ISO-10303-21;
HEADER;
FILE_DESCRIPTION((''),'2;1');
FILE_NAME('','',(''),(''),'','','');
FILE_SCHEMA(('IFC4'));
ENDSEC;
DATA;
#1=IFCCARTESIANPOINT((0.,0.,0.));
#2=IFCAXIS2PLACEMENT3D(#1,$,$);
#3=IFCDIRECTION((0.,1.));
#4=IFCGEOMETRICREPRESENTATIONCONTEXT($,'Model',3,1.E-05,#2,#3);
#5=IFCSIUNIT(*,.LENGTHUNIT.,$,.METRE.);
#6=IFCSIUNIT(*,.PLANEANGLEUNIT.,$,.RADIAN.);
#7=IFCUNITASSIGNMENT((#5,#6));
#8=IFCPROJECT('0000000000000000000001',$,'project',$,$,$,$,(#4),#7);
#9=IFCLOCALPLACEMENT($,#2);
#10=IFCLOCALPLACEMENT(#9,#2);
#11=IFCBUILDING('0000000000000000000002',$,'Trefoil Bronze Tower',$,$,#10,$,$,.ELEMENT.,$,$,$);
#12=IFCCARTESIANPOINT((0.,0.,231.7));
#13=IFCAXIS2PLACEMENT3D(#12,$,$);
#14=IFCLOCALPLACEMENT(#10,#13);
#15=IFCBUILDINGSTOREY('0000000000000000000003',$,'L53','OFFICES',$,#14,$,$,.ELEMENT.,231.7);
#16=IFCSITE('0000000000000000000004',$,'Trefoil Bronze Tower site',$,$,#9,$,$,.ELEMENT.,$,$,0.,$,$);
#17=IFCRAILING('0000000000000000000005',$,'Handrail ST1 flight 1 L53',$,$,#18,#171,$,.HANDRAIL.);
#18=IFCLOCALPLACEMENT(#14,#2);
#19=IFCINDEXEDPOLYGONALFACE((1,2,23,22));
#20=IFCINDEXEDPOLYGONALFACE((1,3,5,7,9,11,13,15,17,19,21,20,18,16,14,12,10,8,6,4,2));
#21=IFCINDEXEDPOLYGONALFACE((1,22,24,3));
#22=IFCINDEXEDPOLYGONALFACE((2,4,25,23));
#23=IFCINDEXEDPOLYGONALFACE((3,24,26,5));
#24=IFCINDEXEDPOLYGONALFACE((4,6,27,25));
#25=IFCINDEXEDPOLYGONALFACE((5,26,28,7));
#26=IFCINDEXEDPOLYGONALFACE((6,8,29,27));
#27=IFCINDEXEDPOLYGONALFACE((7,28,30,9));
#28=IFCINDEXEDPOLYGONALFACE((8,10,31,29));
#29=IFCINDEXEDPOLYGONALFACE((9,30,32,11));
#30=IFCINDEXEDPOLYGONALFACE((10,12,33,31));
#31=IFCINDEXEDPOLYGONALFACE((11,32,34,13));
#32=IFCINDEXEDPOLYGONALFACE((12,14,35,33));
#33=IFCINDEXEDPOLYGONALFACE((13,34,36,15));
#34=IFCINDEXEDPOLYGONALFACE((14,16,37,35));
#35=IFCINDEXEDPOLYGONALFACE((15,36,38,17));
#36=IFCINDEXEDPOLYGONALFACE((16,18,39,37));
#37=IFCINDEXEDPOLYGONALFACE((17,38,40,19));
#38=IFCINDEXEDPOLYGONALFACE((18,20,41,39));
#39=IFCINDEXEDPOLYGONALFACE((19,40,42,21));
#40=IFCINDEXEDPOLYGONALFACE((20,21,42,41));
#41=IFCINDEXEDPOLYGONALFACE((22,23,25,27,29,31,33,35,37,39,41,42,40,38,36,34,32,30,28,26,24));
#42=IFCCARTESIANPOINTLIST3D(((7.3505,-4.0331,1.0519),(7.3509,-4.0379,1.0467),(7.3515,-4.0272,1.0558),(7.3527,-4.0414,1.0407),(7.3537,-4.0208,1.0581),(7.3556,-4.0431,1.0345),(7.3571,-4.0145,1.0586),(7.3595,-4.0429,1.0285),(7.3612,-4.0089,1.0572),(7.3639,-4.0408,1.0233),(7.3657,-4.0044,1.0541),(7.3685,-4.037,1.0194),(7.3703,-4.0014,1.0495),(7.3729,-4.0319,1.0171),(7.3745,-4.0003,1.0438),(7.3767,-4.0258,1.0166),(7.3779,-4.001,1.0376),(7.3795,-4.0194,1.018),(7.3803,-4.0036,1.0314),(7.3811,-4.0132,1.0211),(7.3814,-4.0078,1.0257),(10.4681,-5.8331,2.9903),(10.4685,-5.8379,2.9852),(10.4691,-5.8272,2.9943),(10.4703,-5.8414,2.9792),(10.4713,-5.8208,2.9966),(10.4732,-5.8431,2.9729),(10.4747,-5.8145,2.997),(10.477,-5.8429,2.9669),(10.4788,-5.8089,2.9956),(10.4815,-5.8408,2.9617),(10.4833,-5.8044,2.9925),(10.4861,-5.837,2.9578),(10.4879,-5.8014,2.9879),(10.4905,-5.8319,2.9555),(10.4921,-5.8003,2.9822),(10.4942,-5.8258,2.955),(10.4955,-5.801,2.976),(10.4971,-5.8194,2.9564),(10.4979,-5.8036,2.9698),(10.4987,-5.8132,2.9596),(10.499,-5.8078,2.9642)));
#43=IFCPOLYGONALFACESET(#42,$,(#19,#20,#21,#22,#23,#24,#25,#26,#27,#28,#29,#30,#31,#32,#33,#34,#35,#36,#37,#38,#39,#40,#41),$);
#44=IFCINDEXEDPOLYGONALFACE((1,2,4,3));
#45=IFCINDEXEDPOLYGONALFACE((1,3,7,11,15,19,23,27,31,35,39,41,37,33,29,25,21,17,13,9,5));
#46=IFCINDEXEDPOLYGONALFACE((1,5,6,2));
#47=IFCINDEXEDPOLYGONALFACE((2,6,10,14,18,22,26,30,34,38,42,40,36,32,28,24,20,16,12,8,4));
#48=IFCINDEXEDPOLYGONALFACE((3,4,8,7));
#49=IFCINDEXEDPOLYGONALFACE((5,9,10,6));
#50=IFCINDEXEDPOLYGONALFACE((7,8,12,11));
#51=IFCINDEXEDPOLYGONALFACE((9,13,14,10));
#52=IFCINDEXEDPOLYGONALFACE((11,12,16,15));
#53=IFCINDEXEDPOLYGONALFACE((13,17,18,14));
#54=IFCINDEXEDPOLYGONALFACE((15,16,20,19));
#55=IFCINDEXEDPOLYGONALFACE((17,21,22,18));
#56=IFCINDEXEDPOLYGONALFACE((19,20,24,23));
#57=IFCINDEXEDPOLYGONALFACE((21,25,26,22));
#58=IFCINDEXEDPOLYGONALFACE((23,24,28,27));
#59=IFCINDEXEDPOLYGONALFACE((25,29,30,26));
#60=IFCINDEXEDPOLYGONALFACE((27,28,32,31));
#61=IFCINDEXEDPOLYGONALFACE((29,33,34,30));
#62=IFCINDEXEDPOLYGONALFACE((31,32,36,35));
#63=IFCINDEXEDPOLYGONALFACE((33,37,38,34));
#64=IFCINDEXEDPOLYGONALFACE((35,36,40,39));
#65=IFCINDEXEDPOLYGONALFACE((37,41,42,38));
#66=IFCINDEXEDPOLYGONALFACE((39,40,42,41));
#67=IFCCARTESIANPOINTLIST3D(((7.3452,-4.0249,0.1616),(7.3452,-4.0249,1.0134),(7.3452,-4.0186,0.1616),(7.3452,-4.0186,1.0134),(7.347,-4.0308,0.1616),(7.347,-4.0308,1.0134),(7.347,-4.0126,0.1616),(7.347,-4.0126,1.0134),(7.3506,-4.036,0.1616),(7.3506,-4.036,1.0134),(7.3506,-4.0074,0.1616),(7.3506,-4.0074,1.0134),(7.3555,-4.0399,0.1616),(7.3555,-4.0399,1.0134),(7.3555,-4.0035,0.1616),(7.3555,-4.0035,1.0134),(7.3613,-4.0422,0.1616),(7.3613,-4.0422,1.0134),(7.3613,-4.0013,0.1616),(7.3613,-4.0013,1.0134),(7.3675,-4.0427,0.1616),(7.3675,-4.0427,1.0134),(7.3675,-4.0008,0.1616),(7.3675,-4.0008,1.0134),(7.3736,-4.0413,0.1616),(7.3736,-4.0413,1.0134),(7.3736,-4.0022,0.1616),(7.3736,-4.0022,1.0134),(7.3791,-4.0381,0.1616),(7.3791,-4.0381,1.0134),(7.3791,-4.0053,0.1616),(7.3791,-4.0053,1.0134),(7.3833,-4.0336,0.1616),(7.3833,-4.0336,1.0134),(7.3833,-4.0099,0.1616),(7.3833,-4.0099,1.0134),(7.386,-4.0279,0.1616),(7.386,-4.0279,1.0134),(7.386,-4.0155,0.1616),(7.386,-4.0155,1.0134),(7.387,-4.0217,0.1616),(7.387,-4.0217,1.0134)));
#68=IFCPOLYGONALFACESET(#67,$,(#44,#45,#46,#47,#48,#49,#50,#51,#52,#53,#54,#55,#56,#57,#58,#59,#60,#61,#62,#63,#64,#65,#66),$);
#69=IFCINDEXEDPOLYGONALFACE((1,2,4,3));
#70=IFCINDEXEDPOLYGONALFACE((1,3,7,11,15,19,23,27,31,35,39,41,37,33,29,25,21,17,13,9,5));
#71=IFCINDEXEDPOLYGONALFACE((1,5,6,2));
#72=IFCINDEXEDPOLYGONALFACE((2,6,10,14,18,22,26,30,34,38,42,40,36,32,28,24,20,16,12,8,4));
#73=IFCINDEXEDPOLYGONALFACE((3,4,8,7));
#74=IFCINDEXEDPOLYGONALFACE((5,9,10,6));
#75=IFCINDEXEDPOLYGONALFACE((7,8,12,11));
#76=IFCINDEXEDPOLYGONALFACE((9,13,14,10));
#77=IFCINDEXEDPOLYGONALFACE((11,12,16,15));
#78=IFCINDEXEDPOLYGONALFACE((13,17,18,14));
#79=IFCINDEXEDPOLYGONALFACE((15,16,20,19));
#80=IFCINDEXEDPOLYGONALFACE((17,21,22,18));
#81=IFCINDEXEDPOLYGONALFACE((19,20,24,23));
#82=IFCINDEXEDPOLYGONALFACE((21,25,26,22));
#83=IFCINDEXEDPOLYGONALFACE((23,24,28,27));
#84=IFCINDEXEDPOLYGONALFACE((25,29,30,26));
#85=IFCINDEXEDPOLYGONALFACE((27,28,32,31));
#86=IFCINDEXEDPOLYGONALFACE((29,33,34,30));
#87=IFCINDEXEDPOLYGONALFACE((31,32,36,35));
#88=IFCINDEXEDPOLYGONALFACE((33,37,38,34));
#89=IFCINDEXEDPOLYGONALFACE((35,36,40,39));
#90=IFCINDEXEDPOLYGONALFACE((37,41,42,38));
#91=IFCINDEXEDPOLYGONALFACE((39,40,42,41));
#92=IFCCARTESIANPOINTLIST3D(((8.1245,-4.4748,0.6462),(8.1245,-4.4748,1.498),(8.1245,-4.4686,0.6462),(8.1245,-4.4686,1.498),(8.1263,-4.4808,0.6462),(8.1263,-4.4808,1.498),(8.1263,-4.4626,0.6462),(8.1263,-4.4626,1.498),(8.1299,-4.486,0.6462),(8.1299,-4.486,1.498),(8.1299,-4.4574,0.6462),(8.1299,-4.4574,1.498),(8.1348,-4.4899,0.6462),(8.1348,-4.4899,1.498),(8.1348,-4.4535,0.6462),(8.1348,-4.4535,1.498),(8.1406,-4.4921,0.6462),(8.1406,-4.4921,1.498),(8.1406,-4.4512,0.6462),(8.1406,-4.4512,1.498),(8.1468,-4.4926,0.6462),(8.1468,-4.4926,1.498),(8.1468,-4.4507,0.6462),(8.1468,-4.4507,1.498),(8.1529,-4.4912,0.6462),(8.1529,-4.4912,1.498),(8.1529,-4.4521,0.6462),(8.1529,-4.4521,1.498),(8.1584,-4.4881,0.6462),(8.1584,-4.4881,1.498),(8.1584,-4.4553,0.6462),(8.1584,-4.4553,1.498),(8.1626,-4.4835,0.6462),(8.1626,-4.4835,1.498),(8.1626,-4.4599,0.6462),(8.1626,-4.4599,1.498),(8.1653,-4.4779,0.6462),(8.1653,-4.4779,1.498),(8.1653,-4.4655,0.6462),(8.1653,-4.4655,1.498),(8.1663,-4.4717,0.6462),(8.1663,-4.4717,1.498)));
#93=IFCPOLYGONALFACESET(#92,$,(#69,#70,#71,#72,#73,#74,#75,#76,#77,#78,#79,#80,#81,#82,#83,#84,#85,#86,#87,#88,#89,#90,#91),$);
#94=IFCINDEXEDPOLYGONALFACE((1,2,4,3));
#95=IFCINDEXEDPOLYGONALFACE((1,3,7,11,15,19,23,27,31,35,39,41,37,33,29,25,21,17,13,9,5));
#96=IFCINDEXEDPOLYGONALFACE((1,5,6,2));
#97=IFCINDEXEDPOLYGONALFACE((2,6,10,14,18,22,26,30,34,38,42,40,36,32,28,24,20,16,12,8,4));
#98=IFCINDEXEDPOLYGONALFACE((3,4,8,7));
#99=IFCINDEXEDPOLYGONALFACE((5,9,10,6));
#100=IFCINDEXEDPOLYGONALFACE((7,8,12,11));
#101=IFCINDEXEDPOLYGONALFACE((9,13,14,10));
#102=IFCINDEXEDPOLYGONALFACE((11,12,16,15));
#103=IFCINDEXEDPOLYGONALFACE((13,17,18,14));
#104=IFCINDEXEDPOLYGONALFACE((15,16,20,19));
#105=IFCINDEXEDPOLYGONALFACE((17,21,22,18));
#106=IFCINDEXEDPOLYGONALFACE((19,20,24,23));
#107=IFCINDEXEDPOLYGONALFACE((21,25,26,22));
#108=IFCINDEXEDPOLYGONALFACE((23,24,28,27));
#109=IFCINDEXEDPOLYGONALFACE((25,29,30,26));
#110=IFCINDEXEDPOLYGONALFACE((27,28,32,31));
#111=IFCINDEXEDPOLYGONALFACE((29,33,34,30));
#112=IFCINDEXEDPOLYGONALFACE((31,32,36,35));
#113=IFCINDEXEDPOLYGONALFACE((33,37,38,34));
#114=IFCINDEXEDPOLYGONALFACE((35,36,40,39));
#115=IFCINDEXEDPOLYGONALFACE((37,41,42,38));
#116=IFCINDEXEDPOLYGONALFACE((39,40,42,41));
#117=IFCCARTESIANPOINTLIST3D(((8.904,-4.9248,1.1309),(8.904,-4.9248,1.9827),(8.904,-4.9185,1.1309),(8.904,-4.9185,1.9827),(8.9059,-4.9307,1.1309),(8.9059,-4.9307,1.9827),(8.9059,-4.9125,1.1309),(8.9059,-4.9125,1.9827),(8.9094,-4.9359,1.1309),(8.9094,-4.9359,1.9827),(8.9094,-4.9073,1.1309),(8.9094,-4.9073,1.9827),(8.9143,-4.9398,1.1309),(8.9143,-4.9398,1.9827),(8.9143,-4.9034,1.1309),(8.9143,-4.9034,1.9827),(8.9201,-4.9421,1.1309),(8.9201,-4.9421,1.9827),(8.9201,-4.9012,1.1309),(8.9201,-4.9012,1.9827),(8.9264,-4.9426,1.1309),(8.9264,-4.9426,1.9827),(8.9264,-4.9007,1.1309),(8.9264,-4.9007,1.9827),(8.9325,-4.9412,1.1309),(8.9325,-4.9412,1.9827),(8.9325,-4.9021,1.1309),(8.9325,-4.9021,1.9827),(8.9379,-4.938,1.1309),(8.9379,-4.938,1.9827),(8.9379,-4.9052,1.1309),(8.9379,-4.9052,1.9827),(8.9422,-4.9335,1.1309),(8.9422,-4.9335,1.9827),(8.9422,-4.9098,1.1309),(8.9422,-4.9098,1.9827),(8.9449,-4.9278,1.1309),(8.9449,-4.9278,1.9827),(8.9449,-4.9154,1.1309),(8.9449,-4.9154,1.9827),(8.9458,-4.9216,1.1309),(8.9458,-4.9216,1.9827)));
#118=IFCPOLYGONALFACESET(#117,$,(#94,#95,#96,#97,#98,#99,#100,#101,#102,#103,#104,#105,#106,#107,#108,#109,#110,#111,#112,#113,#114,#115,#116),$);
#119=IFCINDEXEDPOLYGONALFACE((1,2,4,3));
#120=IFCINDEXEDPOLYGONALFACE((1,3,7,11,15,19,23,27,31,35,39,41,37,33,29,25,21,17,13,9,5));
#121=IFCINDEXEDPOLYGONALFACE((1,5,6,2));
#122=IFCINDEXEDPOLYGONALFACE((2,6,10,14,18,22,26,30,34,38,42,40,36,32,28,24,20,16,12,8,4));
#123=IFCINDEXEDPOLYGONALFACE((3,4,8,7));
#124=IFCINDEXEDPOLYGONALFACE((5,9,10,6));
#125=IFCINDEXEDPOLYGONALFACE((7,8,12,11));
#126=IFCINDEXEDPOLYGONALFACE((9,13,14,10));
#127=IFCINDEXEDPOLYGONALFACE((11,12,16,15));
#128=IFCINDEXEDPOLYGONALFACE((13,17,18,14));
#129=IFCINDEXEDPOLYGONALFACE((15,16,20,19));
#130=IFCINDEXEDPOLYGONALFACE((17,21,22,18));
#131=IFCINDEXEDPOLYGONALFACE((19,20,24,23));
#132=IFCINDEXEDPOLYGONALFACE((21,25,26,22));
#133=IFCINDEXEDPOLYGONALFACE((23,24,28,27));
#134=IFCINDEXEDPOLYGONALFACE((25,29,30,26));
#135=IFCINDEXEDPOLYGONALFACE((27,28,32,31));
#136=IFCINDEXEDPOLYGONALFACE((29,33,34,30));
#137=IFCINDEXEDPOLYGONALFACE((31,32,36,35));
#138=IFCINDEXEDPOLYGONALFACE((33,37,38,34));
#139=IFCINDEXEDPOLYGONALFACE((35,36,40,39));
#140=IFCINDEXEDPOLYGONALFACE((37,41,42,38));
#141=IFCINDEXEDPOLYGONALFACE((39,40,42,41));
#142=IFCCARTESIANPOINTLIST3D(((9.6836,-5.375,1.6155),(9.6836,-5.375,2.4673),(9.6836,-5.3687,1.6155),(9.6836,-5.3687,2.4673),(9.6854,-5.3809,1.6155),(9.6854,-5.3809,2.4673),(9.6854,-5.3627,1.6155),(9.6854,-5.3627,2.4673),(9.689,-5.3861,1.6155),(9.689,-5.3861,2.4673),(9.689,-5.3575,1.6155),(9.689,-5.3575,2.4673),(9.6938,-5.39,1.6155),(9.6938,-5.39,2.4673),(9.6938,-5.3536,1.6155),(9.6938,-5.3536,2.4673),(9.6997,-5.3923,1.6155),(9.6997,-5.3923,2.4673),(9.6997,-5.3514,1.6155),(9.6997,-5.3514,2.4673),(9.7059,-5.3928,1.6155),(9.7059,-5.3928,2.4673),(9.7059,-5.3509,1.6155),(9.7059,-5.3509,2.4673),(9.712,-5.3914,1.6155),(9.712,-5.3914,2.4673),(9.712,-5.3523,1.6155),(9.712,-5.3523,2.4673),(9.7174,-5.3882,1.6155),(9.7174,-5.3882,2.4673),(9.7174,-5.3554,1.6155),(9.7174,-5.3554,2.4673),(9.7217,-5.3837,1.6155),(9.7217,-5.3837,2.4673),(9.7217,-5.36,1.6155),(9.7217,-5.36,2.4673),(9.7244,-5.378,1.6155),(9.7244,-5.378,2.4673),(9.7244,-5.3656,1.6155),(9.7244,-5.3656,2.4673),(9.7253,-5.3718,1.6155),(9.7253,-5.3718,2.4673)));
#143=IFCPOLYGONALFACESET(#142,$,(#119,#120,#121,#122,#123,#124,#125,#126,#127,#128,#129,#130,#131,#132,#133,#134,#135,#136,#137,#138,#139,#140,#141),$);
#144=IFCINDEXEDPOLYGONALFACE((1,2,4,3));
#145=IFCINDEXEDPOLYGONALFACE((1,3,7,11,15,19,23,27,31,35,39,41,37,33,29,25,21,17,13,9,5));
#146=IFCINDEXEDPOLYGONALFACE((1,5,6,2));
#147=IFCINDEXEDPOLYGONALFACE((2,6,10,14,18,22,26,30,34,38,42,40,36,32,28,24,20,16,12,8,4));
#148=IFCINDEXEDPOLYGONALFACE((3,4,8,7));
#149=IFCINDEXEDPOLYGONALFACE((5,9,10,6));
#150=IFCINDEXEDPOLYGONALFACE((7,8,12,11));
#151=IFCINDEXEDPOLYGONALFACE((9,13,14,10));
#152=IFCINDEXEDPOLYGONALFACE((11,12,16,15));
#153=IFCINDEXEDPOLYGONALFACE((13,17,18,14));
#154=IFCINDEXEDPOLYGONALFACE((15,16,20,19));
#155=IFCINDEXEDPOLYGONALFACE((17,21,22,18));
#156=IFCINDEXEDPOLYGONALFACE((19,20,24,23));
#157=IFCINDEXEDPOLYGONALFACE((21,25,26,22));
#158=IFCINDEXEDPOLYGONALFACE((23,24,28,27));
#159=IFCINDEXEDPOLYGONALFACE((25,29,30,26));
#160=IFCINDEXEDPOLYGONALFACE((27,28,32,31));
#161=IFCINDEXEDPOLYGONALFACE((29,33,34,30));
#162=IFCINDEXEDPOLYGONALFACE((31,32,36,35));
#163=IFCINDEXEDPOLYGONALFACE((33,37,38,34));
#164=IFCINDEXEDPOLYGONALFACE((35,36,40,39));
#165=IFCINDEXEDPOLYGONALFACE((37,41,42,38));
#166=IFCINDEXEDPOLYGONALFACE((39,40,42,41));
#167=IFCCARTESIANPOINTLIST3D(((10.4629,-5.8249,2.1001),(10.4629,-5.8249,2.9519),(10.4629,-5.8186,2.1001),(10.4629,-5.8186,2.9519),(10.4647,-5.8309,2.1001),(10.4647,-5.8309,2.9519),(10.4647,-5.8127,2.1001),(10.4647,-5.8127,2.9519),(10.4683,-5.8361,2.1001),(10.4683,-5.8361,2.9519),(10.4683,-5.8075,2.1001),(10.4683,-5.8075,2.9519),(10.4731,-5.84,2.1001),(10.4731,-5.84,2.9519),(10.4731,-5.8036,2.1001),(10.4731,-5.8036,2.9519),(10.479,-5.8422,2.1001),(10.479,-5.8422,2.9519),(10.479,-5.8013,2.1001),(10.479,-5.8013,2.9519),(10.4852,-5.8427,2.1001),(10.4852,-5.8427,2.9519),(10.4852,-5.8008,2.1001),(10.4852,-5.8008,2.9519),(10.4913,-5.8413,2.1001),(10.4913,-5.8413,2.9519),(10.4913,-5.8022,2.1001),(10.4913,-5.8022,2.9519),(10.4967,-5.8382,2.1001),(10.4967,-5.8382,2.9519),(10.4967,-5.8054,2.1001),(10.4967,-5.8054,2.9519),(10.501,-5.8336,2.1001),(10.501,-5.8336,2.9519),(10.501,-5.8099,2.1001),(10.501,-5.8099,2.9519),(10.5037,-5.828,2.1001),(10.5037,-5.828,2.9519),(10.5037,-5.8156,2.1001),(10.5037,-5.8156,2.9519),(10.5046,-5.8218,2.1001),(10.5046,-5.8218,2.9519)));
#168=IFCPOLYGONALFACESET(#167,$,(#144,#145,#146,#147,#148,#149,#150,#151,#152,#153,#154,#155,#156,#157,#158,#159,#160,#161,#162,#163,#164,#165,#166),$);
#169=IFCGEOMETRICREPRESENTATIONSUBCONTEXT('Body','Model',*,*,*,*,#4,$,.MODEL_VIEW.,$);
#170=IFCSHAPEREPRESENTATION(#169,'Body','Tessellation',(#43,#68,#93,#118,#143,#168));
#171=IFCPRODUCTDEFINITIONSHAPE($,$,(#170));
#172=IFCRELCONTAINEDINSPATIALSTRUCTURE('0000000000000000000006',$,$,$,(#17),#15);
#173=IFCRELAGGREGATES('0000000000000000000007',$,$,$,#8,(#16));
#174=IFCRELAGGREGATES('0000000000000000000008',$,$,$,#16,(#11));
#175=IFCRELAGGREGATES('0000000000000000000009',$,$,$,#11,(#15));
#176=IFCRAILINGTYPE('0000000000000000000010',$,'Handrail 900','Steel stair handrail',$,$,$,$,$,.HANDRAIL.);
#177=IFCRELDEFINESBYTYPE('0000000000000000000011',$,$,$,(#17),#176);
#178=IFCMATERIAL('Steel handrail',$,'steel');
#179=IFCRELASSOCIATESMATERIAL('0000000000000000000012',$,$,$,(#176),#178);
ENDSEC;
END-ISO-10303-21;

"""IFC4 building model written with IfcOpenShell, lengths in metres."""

from ifc_helpers import new_model, si_unit, direction, frame, origin, origin_2d, place, context, subcontext, project, spatial, circle, extrude, material, type_object, element, save


model = new_model("IFC4")

# Units and contexts
model_context = context("Model", 3, precision=1e-05, world=origin(), true_north=direction((0.0, 1.0)))
body_context = subcontext(model_context, "Body", "Model", "MODEL_VIEW")
ifc_project = project(units=[si_unit("LENGTHUNIT", "METRE"), si_unit("PLANEANGLEUNIT", "RADIAN")], contexts=[model_context])

# Site, building, storey
site_placement = place(None, origin())
site = spatial("IfcSite", under=ifc_project, at=site_placement, Name="Trefoil Bronze Tower site", CompositionType="ELEMENT", RefElevation=0.0)
building_placement = place(site_placement, origin())
building = spatial("IfcBuilding", under=site, at=building_placement, Name="Trefoil Bronze Tower", CompositionType="ELEMENT")
storey_placement = place(building_placement, frame((0.0, 0.0, 231.7)))
storey = spatial("IfcBuildingStorey", under=building, at=storey_placement, Name="L53", Description="OFFICES", CompositionType="ELEMENT", Elevation=231.7)

# Railing
ifc_material_1 = material(Name="Steel handrail", Category="steel")
railing_type = type_object("IfcRailingType", Name="Handrail 900", Description="Steel stair handrail", PredefinedType="HANDRAIL", material=ifc_material_1)
railing_1_placement = place(storey_placement, frame((7.366, -4.0217, 0.1616)))
element("IfcRailing", 1, at=railing_1_placement, inside=storey, type_object=railing_type, Name="Handrail ST1 flight 1 L53", PredefinedType="HANDRAIL", context=body_context, shape_type="SweptSolid", body=[
    extrude(circle(Radius=0.0239, at=origin_2d()), frame((0.0, 0.0, 0.876), z_axis=(0.762503, -0.440246, 0.474102), x_axis=(0.500012, 0.866018, 0.0)), (0.0, 0.0, 1.0), 4.0886),
    extrude(circle(Radius=0.021, at=origin_2d()), origin(), (0.0, 0.0, 1.0), 0.8518),
    extrude(circle(Radius=0.021, at=origin_2d()), frame((0.7793, -0.45, 0.4846)), (0.0, 0.0, 1.0), 0.8518),
    extrude(circle(Radius=0.021, at=origin_2d()), frame((1.5588, -0.8999, 0.9692)), (0.0, 0.0, 1.0), 0.8518),
    extrude(circle(Radius=0.021, at=origin_2d()), frame((2.3384, -1.3501, 1.4539)), (0.0, 0.0, 1.0), 0.8518),
    extrude(circle(Radius=0.021, at=origin_2d()), frame((3.1177, -1.8, 1.9385)), (0.0, 0.0, 1.0), 0.8518),
])

save(model, "model.ifc")
